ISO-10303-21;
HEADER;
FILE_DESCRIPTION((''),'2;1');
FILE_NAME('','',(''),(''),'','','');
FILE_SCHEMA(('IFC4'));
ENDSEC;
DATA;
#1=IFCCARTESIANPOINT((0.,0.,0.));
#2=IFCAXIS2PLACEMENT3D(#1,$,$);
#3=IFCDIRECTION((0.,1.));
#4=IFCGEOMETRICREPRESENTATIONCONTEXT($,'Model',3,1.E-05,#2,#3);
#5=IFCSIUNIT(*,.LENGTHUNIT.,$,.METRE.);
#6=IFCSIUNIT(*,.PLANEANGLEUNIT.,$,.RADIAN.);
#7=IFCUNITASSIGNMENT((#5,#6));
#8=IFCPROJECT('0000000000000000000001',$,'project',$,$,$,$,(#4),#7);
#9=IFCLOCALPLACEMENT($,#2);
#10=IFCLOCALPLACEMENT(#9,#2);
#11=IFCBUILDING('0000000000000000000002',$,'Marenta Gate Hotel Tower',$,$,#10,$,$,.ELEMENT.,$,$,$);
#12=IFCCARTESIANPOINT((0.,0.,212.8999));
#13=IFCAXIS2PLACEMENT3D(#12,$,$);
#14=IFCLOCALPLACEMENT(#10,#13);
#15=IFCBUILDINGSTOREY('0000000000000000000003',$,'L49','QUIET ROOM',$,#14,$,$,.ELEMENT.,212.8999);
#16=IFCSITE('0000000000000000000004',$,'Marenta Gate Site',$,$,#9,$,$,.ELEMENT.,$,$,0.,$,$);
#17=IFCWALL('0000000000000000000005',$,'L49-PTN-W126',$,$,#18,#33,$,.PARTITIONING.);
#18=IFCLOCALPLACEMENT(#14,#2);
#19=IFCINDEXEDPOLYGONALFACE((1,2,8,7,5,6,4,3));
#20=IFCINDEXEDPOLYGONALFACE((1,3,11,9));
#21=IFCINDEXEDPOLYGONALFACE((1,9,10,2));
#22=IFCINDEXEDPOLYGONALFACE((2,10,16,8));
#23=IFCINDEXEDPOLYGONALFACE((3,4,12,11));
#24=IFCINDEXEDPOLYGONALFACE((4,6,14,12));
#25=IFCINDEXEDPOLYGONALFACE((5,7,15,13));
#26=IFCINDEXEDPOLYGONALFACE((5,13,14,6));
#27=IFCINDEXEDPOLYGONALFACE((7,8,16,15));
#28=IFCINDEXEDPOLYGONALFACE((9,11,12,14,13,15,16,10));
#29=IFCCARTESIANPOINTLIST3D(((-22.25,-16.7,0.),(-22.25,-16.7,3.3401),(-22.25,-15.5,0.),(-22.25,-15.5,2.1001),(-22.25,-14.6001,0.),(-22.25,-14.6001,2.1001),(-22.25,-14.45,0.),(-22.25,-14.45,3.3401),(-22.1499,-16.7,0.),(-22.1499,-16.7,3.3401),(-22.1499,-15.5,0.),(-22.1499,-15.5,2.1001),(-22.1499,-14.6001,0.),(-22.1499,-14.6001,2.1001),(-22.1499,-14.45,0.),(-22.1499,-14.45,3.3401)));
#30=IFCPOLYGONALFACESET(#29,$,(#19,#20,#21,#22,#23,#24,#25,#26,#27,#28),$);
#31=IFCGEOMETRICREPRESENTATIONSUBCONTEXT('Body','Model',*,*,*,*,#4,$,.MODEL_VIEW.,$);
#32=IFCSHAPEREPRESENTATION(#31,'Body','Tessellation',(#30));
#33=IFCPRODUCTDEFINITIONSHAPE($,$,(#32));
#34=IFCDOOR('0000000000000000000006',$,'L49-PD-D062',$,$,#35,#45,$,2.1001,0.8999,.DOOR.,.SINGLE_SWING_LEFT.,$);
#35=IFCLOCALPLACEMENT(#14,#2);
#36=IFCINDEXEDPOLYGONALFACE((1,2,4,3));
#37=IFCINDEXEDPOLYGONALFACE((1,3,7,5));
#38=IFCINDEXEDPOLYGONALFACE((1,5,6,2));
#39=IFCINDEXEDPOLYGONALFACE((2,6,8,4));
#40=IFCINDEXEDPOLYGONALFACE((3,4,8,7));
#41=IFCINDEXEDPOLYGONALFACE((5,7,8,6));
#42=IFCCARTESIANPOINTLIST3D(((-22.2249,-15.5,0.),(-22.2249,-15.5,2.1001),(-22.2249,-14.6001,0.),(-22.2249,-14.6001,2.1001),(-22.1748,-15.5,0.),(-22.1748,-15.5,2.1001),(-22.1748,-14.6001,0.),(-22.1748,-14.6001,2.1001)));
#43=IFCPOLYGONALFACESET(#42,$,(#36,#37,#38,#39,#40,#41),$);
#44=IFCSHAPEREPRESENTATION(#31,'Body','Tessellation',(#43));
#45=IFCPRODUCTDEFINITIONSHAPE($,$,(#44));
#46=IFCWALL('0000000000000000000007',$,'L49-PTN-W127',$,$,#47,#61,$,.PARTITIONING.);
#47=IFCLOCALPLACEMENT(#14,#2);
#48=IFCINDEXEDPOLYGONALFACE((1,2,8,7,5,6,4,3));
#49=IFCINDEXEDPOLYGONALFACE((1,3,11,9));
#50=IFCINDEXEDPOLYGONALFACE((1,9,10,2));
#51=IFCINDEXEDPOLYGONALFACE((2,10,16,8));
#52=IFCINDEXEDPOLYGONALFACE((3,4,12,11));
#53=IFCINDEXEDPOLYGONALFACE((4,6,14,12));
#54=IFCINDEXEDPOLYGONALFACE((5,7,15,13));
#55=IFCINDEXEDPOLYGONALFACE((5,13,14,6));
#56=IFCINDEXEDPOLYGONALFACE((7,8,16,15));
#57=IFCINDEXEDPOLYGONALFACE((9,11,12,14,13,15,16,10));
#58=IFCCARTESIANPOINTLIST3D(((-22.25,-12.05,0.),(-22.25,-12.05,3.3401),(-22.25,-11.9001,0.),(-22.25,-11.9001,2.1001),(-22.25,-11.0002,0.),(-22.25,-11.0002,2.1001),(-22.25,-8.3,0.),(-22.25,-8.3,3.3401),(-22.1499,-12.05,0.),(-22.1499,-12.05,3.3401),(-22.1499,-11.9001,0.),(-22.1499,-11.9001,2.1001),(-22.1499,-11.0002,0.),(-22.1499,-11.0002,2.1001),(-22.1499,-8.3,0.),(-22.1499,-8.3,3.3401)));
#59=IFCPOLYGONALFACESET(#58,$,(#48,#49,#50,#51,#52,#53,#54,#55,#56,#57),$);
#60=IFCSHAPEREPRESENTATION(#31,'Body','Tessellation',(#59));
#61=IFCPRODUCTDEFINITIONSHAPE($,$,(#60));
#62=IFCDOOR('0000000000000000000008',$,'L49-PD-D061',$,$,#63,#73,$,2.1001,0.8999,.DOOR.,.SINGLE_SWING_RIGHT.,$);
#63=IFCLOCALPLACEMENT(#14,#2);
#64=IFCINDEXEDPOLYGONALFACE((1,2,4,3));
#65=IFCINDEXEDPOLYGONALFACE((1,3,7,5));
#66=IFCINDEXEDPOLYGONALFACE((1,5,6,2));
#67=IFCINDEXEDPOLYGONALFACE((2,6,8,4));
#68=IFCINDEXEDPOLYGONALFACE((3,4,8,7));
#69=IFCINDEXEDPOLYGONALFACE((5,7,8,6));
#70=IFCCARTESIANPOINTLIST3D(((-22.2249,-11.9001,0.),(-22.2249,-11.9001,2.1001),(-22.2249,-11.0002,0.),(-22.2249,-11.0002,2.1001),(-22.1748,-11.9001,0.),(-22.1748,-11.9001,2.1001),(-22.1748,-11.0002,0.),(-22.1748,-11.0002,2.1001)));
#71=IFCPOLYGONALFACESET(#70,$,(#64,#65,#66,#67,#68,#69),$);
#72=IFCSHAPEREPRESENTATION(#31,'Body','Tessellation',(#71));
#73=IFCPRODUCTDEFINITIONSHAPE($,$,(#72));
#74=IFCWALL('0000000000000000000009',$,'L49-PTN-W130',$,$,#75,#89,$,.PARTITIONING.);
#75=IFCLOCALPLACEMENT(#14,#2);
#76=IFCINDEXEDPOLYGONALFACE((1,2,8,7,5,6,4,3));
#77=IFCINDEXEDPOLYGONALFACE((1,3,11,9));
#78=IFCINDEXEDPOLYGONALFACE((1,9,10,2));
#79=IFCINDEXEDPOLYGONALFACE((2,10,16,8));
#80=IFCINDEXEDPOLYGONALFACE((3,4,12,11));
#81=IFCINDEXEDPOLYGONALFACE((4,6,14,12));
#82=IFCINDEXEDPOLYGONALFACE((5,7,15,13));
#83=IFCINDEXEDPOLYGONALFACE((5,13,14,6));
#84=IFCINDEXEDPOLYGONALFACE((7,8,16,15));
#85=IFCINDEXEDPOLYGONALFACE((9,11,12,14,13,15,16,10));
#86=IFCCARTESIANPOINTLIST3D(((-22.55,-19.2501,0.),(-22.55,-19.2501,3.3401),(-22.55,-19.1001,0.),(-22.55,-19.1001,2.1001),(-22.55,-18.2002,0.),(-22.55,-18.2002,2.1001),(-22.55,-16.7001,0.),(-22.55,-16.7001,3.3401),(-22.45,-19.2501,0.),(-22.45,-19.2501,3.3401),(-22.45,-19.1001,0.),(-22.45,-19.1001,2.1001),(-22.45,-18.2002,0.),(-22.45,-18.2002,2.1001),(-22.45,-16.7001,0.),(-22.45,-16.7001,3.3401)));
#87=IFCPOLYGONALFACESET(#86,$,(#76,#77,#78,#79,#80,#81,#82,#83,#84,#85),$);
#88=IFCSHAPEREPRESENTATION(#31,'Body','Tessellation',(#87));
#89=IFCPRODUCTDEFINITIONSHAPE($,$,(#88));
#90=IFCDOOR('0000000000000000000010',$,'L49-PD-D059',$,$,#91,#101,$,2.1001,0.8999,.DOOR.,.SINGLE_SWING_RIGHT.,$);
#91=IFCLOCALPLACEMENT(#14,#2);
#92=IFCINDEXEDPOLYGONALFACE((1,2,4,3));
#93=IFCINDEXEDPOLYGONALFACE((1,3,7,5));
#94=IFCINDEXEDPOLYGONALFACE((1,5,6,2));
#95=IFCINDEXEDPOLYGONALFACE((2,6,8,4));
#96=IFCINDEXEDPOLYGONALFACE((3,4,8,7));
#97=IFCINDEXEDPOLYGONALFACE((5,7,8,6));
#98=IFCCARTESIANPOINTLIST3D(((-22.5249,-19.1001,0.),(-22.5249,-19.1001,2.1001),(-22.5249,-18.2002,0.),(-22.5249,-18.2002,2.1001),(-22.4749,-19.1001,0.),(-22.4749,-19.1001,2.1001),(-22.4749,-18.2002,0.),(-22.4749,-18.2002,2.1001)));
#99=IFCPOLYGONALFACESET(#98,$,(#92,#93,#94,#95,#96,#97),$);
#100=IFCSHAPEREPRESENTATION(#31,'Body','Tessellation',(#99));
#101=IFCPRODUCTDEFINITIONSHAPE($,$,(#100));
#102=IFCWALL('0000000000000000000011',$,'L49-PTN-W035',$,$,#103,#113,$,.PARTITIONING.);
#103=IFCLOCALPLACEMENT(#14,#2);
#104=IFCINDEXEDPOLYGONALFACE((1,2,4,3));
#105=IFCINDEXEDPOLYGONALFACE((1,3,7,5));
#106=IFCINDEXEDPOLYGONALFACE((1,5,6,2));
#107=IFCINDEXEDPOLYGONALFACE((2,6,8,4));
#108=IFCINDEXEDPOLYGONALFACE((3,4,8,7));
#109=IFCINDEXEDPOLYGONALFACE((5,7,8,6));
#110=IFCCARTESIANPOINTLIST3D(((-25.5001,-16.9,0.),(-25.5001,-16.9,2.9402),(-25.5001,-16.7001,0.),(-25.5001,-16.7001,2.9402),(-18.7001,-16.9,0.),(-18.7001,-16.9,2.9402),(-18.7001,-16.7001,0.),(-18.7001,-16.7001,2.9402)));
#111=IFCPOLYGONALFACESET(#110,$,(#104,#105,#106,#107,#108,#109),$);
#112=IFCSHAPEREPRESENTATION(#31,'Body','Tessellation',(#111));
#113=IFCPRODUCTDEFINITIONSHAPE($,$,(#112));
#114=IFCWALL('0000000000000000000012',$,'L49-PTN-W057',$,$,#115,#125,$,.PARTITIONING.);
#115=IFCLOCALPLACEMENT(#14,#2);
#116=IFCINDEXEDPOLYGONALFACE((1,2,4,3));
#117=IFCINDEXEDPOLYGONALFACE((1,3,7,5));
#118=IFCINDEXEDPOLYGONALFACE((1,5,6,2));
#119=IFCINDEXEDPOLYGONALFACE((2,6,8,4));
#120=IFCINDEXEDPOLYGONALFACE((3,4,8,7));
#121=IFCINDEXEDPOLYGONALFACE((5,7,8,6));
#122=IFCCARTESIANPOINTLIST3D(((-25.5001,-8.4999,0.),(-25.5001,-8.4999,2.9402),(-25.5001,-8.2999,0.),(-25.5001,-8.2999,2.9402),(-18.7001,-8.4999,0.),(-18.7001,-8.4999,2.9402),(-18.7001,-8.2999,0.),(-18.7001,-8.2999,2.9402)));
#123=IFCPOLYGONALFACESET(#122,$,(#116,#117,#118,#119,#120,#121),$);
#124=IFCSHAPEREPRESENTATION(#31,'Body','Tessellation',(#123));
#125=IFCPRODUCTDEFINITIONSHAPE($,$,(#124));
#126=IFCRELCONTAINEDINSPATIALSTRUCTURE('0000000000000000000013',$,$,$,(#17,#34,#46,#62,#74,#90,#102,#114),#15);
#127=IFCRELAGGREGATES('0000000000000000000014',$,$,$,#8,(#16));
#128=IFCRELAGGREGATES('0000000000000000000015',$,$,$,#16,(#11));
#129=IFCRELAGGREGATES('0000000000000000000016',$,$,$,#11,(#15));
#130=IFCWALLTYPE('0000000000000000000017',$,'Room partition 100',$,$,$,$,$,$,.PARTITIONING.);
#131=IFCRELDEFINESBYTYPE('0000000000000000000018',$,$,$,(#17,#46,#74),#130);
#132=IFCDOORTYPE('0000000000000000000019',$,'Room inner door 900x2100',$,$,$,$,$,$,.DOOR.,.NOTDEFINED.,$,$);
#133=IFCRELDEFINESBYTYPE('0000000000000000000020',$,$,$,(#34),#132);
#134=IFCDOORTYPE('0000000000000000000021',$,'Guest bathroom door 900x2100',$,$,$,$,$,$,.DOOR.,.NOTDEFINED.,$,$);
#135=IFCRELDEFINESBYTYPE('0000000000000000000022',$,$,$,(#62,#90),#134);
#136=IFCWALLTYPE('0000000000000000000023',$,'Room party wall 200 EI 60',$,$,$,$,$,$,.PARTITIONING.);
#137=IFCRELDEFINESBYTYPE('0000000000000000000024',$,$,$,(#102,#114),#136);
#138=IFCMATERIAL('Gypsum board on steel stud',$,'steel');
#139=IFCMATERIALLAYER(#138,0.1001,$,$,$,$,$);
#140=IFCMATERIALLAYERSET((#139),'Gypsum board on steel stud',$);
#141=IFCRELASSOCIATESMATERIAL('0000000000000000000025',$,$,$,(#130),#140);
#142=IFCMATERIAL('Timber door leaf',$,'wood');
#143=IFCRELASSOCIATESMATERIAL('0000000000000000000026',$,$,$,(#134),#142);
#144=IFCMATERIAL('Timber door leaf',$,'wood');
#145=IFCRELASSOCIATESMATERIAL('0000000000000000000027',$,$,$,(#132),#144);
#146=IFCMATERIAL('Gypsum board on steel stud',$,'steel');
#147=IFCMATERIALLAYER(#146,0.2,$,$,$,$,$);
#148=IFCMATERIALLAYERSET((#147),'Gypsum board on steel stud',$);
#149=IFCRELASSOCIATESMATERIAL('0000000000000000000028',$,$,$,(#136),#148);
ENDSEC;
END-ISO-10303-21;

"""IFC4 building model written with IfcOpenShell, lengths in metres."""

from ifc_helpers import new_model, si_unit, direction, frame, frame_2d, origin, place, context, subcontext, project, spatial, rectangle, extrude, material, layer, layer_set, type_object, element, fill, save


model = new_model("IFC4")

# Units and contexts
model_context = context("Model", 3, precision=1e-05, world=origin(), true_north=direction((0.0, 1.0)))
body_context = subcontext(model_context, "Body", "Model", "MODEL_VIEW")
ifc_project = project(units=[si_unit("LENGTHUNIT", "METRE"), si_unit("PLANEANGLEUNIT", "RADIAN")], contexts=[model_context])

# Site, building, storey
site_placement = place(None, origin())
site = spatial("IfcSite", under=ifc_project, at=site_placement, Name="Marenta Gate Site", CompositionType="ELEMENT", RefElevation=0.0)
building_placement = place(site_placement, origin())
building = spatial("IfcBuilding", under=site, at=building_placement, Name="Marenta Gate Hotel Tower", CompositionType="ELEMENT")
storey_placement = place(building_placement, frame((0.0, 0.0, 212.8999)))
storey = spatial("IfcBuildingStorey", under=building, at=storey_placement, Name="L49", Description="QUIET ROOM", CompositionType="ELEMENT", Elevation=212.8999)

# Shared definitions
ifc_material_1 = material(Name="Gypsum board on steel stud", Category="steel")
ifc_layer_1 = layer(ifc_material_1, 0.1001)
ifc_layer_set_1 = layer_set([ifc_layer_1], Name="Gypsum board on steel stud")
wall_type_1 = type_object("IfcWallType", Name="Room partition 100", PredefinedType="PARTITIONING", material=ifc_layer_set_1)

# Walls, openings, doors
ifc_material_2 = material(Name="Timber door leaf", Category="wood")
door_type_1 = type_object("IfcDoorType", Name="Guest bathroom door 900x2100", OperationType="NOTDEFINED", PredefinedType="DOOR", material=ifc_material_2)
wall_1_placement = place(storey_placement, frame((-22.2, -16.7, 0.0), z_axis=(0.0, 0.0, 1.0), x_axis=(0.0, 1.0, 0.0)))
wall_1 = element("IfcWall", 1, at=wall_1_placement, inside=storey, type_object=wall_type_1, Name="L49-PTN-W126", PredefinedType="PARTITIONING", context=body_context, shape_type="SweptSolid", body=[
    extrude(rectangle(XDim=2.25, YDim=0.1001, at=frame_2d((1.125, 0.0))), origin(), (0.0, 0.0, 1.0), 3.3401),
])
opening_1_placement = place(wall_1_placement, frame((1.2, 0.0, 0.0)))
opening_1 = element("IfcOpeningElement", 2, at=opening_1_placement, cuts=wall_1, PredefinedType="OPENING", context=body_context, shape_type="SweptSolid", body=[
    extrude(rectangle(XDim=0.8999, YDim=2.1001, at=frame_2d((0.45, 1.05))), frame((0.0, 0.05, 0.0), z_axis=(0.0, -1.0, 0.0), x_axis=(1.0, 0.0, 0.0)), (0.0, 0.0, 1.0), 0.1001),
])
ifc_material_3 = material(Name="Timber door leaf", Category="wood")
door_type_2 = type_object("IfcDoorType", Name="Room inner door 900x2100", OperationType="NOTDEFINED", PredefinedType="DOOR", material=ifc_material_3)
door_1_placement = place(opening_1_placement, origin())
door_1 = element("IfcDoor", 3, at=door_1_placement, inside=storey, type_object=door_type_2, Name="L49-PD-D062", OperationType="SINGLE_SWING_LEFT", OverallHeight=2.1001, OverallWidth=0.8999, PredefinedType="DOOR", context=body_context, shape_type="SweptSolid", body=[
    extrude(rectangle(XDim=0.8999, YDim=2.1001, at=frame_2d((0.45, 1.05))), frame((0.0, 0.0249, 0.0), z_axis=(0.0, -1.0, 0.0), x_axis=(1.0, 0.0, 0.0)), (0.0, 0.0, 1.0), 0.05),
])
fill(opening_1, door_1)
wall_2_placement = place(storey_placement, frame((-22.2, -12.05, 0.0), z_axis=(0.0, 0.0, 1.0), x_axis=(0.0, 1.0, 0.0)))
wall_2 = element("IfcWall", 4, at=wall_2_placement, inside=storey, type_object=wall_type_1, Name="L49-PTN-W127", PredefinedType="PARTITIONING", context=body_context, shape_type="SweptSolid", body=[
    extrude(rectangle(XDim=3.75, YDim=0.1001, at=frame_2d((1.875, 0.0))), origin(), (0.0, 0.0, 1.0), 3.3401),
])
opening_2_placement = place(wall_2_placement, frame((0.1499, 0.0, 0.0)))
opening_2 = element("IfcOpeningElement", 5, at=opening_2_placement, cuts=wall_2, PredefinedType="OPENING", context=body_context, shape_type="SweptSolid", body=[
    extrude(rectangle(XDim=0.8999, YDim=2.1001, at=frame_2d((0.45, 1.05))), frame((0.0, 0.05, 0.0), z_axis=(0.0, -1.0, 0.0), x_axis=(1.0, 0.0, 0.0)), (0.0, 0.0, 1.0), 0.1001),
])
door_2_placement = place(opening_2_placement, origin())
door_2 = element("IfcDoor", 6, at=door_2_placement, inside=storey, type_object=door_type_1, Name="L49-PD-D061", OperationType="SINGLE_SWING_RIGHT", OverallHeight=2.1001, OverallWidth=0.8999, PredefinedType="DOOR", context=body_context, shape_type="SweptSolid", body=[
    extrude(rectangle(XDim=0.8999, YDim=2.1001, at=frame_2d((0.45, 1.05))), frame((0.0, 0.0249, 0.0), z_axis=(0.0, -1.0, 0.0), x_axis=(1.0, 0.0, 0.0)), (0.0, 0.0, 1.0), 0.05),
])
fill(opening_2, door_2)
wall_3_placement = place(storey_placement, frame((-22.5, -19.25, 0.0), z_axis=(0.0, 0.0, 1.0), x_axis=(0.0, 1.0, 0.0)))
wall_3 = element("IfcWall", 7, at=wall_3_placement, inside=storey, type_object=wall_type_1, Name="L49-PTN-W130", PredefinedType="PARTITIONING", context=body_context, shape_type="SweptSolid", body=[
    extrude(rectangle(XDim=2.55, YDim=0.1001, at=frame_2d((1.2749, 0.0))), origin(), (0.0, 0.0, 1.0), 3.3401),
])
opening_3_placement = place(wall_3_placement, frame((0.1499, 0.0, 0.0)))
opening_3 = element("IfcOpeningElement", 8, at=opening_3_placement, cuts=wall_3, PredefinedType="OPENING", context=body_context, shape_type="SweptSolid", body=[
    extrude(rectangle(XDim=0.8999, YDim=2.1001, at=frame_2d((0.45, 1.05))), frame((0.0, 0.05, 0.0), z_axis=(0.0, -1.0, 0.0), x_axis=(1.0, 0.0, 0.0)), (0.0, 0.0, 1.0), 0.1001),
])
door_3_placement = place(opening_3_placement, origin())
door_3 = element("IfcDoor", 9, at=door_3_placement, inside=storey, type_object=door_type_1, Name="L49-PD-D059", OperationType="SINGLE_SWING_RIGHT", OverallHeight=2.1001, OverallWidth=0.8999, PredefinedType="DOOR", context=body_context, shape_type="SweptSolid", body=[
    extrude(rectangle(XDim=0.8999, YDim=2.1001, at=frame_2d((0.45, 1.05))), frame((0.0, 0.0249, 0.0), z_axis=(0.0, -1.0, 0.0), x_axis=(1.0, 0.0, 0.0)), (0.0, 0.0, 1.0), 0.05),
])
fill(opening_3, door_3)

# Walls
ifc_material_4 = material(Name="Gypsum board on steel stud", Category="steel")
ifc_layer_2 = layer(ifc_material_4, 0.2)
ifc_layer_set_2 = layer_set([ifc_layer_2], Name="Gypsum board on steel stud")
wall_type_2 = type_object("IfcWallType", Name="Room party wall 200 EI 60", PredefinedType="PARTITIONING", material=ifc_layer_set_2)
for number, where, z_axis, x_axis, name in (
    (10, (-25.5, -16.8, 0.0), (0.0, 0.0, 1.0), (1.0, 0.0, 0.0), "L49-PTN-W035"),
    (11, (-25.5, -8.3999, 0.0), (0.0, 0.0, 1.0), (1.0, 0.0, 0.0), "L49-PTN-W057"),
):
    element("IfcWall", number, at=place(storey_placement, frame(where, z_axis=z_axis, x_axis=x_axis)), inside=storey, type_object=wall_type_2, Name=name, PredefinedType="PARTITIONING", context=body_context, shape_type="SweptSolid", body=[
        extrude(rectangle(XDim=6.8, YDim=0.2, at=frame_2d((3.3999, 0.0))), origin(), (0.0, 0.0, 1.0), 2.9402),
    ])

save(model, "model.ifc")
